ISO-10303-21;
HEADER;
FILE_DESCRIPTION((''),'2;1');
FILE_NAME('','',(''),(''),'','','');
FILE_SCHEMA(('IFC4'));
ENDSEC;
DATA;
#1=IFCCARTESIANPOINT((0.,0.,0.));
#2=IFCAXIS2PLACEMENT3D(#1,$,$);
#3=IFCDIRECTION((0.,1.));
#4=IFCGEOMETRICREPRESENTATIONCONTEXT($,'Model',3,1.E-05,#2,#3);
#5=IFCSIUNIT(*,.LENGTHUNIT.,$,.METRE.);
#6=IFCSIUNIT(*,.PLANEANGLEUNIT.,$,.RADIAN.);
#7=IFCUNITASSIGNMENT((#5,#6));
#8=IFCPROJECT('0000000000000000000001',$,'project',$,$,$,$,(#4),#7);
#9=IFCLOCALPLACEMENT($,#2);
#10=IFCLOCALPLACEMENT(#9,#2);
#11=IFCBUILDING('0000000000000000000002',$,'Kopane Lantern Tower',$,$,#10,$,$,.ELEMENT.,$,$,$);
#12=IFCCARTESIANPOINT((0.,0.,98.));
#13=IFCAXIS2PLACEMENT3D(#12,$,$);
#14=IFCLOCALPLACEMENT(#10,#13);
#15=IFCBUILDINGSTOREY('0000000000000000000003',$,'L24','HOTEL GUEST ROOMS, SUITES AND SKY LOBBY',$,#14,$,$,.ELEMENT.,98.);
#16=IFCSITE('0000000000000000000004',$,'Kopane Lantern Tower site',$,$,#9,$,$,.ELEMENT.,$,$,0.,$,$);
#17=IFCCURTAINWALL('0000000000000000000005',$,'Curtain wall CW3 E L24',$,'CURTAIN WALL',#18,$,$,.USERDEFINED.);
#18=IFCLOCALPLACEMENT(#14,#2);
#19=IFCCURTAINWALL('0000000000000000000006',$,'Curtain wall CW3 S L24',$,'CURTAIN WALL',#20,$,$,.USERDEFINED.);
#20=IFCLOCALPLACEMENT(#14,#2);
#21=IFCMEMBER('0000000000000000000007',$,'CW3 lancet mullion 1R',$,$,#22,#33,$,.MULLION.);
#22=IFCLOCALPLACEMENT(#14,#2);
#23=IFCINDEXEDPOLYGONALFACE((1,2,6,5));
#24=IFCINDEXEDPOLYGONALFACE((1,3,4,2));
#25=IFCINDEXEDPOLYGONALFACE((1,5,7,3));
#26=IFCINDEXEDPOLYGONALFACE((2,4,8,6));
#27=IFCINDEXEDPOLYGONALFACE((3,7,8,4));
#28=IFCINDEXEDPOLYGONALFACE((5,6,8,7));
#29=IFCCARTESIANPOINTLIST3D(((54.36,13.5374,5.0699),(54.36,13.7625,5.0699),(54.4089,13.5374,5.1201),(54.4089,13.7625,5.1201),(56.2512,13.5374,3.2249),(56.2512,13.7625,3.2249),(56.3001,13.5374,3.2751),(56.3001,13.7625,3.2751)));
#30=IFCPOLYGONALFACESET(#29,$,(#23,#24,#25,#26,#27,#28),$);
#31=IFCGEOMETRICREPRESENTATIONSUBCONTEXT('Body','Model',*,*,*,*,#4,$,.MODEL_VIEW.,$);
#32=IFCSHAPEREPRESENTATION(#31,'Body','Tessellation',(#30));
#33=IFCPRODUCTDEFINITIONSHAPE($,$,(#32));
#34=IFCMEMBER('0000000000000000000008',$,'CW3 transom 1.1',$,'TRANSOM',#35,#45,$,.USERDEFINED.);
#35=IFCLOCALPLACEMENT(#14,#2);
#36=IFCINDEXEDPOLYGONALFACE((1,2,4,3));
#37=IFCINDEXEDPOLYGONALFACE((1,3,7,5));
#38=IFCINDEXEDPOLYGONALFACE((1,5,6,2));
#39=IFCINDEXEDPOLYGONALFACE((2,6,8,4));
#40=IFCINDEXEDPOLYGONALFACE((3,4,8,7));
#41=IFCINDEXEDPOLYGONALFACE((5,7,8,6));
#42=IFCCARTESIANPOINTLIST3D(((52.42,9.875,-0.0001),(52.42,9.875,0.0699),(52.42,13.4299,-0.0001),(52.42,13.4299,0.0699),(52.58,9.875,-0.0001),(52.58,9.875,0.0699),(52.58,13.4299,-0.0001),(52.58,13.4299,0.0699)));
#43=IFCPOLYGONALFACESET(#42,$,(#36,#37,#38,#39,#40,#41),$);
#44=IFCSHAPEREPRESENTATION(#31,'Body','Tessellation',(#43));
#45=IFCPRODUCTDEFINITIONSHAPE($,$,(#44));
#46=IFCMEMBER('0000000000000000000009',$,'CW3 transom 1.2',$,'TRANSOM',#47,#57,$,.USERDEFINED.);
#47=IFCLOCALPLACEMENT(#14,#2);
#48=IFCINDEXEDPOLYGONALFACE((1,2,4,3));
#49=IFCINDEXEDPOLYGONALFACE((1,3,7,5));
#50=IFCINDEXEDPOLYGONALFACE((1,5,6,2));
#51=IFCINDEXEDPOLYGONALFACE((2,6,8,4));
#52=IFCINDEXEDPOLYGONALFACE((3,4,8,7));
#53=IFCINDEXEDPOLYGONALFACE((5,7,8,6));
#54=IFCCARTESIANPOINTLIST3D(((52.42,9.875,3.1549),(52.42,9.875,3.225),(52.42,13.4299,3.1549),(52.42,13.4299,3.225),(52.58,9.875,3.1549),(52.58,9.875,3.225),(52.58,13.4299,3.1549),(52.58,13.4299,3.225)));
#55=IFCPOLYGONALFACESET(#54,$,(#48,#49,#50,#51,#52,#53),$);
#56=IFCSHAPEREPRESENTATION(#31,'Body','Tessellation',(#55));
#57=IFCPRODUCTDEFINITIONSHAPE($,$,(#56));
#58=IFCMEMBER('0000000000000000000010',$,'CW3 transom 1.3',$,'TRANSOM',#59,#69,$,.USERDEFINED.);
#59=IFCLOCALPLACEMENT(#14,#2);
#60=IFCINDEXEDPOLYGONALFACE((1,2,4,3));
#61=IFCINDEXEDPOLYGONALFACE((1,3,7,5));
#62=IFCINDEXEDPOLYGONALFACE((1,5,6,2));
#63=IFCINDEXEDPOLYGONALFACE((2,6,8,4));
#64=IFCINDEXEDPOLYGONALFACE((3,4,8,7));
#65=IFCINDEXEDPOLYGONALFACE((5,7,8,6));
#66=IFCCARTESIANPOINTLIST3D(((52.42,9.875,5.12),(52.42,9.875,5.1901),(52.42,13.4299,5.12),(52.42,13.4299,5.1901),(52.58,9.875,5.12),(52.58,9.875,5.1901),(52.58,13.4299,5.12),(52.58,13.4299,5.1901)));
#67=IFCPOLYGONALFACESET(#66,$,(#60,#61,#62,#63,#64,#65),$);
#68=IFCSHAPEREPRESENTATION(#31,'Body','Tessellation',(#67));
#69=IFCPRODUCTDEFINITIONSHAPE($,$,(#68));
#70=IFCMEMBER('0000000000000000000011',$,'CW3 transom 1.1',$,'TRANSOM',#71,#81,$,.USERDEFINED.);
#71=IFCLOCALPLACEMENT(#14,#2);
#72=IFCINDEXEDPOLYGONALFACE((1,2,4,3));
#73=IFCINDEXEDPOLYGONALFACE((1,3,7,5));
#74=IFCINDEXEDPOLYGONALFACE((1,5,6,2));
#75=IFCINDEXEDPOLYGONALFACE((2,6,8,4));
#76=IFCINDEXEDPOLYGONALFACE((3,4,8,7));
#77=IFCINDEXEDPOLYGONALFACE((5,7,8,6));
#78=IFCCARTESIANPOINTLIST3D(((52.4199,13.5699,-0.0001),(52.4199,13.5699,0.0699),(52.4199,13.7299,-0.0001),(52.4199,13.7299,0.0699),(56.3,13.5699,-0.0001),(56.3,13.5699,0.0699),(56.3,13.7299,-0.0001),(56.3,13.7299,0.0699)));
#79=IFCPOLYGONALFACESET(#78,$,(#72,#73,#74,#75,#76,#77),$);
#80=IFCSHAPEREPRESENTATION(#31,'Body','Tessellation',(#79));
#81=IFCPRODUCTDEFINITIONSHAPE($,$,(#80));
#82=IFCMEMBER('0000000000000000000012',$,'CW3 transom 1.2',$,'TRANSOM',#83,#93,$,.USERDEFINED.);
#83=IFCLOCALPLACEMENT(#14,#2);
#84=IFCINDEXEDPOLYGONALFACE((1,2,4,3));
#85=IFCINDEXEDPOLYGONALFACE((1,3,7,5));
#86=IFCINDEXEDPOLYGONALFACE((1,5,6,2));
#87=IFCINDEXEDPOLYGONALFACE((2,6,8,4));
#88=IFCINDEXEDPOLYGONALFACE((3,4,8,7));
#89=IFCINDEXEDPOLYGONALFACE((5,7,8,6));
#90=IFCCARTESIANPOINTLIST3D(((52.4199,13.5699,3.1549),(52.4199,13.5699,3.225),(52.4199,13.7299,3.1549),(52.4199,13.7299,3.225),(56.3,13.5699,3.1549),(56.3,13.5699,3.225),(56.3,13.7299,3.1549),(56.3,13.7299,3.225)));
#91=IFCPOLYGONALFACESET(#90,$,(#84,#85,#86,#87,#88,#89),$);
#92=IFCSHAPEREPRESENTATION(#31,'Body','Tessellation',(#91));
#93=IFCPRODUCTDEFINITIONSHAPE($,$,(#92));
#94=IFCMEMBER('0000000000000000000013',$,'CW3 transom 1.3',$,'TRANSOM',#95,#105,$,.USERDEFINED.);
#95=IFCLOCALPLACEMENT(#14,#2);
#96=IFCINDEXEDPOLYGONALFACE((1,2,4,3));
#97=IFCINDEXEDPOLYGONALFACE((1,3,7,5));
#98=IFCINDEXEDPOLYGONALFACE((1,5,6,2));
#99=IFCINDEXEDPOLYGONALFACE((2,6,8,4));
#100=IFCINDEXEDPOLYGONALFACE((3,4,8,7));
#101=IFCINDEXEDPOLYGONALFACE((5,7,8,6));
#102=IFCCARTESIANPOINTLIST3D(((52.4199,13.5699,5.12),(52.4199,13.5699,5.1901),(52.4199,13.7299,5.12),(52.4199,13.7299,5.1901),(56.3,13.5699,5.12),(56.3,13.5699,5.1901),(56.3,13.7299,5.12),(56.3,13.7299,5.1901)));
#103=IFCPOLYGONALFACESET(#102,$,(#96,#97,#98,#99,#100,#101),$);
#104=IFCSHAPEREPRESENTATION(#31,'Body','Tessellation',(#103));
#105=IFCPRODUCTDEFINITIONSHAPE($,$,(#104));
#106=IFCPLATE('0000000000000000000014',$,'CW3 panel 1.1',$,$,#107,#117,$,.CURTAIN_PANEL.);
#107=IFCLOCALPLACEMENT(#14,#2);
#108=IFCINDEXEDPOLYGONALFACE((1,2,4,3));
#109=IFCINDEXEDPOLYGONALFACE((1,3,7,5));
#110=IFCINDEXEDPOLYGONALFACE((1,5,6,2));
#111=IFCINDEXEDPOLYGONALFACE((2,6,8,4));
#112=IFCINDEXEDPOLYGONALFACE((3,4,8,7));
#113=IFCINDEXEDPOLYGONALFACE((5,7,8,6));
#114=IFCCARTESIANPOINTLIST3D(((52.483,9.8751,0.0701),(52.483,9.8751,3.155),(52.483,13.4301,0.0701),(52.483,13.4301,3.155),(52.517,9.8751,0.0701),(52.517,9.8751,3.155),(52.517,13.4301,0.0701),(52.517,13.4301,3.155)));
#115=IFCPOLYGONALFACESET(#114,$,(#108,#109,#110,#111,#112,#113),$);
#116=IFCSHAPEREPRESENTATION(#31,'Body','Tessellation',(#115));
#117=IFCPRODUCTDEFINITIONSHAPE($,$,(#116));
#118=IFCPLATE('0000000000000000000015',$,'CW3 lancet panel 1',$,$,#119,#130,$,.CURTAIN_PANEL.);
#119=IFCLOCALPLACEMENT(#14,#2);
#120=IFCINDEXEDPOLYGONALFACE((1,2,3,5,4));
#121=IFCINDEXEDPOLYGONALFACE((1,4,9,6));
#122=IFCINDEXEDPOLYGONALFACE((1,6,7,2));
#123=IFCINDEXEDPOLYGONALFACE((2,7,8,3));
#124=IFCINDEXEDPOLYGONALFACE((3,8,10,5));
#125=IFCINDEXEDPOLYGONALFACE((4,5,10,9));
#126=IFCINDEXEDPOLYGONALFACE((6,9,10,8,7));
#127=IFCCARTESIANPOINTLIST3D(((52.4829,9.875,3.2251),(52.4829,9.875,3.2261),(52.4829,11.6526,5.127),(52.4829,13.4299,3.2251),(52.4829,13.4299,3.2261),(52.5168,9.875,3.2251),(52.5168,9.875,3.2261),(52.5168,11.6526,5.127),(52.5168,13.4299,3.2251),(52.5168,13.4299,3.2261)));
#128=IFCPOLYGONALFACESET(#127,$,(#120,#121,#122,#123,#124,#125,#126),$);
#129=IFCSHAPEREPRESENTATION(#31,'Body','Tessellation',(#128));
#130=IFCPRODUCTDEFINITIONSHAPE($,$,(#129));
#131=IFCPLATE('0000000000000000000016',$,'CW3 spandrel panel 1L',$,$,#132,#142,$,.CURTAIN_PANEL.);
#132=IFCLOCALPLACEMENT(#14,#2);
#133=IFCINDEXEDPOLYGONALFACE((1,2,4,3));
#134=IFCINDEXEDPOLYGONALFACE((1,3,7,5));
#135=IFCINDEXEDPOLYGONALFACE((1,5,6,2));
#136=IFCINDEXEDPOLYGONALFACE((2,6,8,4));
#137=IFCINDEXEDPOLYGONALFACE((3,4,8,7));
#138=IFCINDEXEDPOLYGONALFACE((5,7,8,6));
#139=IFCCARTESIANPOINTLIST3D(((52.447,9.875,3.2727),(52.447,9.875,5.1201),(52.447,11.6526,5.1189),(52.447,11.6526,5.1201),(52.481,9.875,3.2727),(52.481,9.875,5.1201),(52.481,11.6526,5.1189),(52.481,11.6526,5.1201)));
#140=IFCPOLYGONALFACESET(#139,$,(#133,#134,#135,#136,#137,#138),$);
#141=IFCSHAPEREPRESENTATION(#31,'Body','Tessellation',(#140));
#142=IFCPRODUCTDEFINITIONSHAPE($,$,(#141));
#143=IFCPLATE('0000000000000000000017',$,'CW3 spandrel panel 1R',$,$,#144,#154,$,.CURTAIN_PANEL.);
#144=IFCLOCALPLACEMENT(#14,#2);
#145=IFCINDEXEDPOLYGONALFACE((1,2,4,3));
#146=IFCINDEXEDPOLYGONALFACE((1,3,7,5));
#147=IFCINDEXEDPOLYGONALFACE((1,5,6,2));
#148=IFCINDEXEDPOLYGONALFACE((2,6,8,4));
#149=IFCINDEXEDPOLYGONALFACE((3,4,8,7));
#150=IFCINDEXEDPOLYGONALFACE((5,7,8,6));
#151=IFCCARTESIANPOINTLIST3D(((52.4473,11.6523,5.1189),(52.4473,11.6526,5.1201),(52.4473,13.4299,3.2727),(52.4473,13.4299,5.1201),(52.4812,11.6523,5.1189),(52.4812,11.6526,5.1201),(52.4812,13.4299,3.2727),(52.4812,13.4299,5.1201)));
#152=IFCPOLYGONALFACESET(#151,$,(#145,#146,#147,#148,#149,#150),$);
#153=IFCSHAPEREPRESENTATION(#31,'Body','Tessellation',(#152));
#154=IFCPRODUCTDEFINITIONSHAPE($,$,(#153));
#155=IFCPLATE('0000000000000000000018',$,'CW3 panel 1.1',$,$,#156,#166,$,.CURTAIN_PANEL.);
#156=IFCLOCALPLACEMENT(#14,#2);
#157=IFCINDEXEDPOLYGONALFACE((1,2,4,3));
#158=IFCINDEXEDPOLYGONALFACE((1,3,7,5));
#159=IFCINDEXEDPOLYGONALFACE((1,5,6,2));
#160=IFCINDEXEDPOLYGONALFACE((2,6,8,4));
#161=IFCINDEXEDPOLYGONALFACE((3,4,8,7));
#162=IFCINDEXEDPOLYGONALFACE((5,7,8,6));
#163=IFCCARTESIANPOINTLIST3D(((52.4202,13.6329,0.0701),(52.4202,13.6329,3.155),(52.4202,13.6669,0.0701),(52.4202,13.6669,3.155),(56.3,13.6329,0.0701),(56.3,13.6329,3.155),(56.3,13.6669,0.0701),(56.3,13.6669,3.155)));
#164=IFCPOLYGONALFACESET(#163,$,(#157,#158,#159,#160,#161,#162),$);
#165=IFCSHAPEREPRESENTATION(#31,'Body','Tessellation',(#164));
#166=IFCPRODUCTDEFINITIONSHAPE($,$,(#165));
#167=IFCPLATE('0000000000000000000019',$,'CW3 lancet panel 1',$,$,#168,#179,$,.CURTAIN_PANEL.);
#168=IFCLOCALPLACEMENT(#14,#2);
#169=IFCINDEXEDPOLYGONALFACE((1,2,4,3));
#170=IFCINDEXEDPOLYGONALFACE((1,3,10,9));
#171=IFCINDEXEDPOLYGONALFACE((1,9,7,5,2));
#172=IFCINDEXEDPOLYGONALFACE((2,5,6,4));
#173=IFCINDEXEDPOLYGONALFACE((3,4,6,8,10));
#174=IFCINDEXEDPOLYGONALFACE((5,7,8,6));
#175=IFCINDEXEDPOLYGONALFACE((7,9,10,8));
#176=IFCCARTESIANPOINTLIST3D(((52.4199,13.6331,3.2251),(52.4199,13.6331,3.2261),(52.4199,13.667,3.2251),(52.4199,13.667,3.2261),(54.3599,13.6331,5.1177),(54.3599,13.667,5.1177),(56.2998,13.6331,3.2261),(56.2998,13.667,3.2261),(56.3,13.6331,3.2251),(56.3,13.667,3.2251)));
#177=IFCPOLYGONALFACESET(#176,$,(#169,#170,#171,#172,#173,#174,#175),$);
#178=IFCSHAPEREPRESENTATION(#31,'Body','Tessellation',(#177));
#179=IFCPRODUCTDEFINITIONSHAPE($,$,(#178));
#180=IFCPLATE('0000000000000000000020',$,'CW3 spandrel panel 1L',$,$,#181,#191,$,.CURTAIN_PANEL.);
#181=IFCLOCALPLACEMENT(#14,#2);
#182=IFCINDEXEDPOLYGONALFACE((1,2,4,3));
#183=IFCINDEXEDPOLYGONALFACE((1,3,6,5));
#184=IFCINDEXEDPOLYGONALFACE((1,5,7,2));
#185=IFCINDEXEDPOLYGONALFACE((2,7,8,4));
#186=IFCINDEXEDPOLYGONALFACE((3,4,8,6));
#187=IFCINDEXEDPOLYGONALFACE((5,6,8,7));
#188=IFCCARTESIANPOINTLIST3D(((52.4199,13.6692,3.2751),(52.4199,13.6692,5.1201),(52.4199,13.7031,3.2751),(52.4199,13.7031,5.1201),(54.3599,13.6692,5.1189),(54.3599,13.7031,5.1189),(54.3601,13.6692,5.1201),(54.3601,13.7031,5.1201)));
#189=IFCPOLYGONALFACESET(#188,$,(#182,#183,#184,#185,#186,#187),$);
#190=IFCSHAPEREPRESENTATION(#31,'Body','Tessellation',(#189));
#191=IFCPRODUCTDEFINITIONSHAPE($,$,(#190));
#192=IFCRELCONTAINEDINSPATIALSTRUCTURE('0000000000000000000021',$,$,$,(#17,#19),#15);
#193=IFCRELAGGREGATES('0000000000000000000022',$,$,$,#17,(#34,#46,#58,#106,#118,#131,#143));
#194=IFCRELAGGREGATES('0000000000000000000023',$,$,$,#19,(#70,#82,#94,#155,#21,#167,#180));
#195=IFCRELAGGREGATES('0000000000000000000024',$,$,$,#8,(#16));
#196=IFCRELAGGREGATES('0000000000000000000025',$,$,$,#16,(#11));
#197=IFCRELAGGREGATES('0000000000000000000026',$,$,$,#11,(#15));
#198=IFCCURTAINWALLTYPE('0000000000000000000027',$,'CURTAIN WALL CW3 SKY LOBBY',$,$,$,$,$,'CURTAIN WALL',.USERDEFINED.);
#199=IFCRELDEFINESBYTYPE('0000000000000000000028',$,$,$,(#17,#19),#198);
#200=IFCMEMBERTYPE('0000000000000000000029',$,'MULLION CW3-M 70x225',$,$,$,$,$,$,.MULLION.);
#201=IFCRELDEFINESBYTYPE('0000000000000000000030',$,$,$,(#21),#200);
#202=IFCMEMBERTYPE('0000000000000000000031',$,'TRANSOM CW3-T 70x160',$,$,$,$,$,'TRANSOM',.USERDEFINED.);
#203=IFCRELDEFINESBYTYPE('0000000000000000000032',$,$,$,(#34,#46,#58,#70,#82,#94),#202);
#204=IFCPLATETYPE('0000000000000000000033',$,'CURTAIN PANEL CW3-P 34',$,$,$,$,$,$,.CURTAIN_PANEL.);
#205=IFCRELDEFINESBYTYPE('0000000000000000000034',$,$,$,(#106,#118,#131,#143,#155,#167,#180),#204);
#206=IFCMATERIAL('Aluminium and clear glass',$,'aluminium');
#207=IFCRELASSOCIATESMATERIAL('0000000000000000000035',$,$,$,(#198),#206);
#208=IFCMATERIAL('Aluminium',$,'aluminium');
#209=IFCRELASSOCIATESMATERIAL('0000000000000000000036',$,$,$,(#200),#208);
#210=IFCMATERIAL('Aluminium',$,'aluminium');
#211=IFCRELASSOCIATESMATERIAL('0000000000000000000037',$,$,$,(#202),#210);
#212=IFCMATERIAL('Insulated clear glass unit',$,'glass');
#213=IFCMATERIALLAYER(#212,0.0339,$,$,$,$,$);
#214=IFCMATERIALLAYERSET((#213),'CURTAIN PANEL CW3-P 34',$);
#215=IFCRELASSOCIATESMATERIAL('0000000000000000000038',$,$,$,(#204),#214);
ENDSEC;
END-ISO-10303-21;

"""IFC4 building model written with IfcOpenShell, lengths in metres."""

from ifc_helpers import new_model, si_unit, direction, frame, origin, origin_2d, place, context, subcontext, project, spatial, polyline, rectangle, outline, extrude, material, layer, layer_set, material_profile, profile_set, type_object, element, aggregate, save


model = new_model("IFC4")

# Units and contexts
model_context = context("Model", 3, precision=1e-05, world=origin(), true_north=direction((0.0, 1.0)))
body_context = subcontext(model_context, "Body", "Model", "MODEL_VIEW")
ifc_project = project(units=[si_unit("LENGTHUNIT", "METRE"), si_unit("PLANEANGLEUNIT", "RADIAN")], contexts=[model_context])

# Site, building, storey
site_placement = place(None, origin())
site = spatial("IfcSite", under=ifc_project, at=site_placement, Name="Kopane Lantern Tower site", CompositionType="ELEMENT", RefElevation=0.0)
building_placement = place(site_placement, origin())
building = spatial("IfcBuilding", under=site, at=building_placement, Name="Kopane Lantern Tower", CompositionType="ELEMENT")
storey_placement = place(building_placement, frame((0.0, 0.0, 98.0)))
storey = spatial("IfcBuildingStorey", under=building, at=storey_placement, Name="L24", Description="HOTEL GUEST ROOMS, SUITES AND SKY LOBBY", CompositionType="ELEMENT", Elevation=98.0)

# Curtain walls, member
ifc_material_1 = material(Name="Aluminium and clear glass", Category="aluminium")
curtain_wall_type = type_object("IfcCurtainWallType", Name="CURTAIN WALL CW3 SKY LOBBY", ElementType="CURTAIN WALL", PredefinedType="USERDEFINED", material=ifc_material_1)
curtain_wall_1_placement = place(storey_placement, origin())
curtain_wall_1 = element("IfcCurtainWall", 1, at=curtain_wall_1_placement, inside=storey, type_object=curtain_wall_type, Name="Curtain wall CW3 E L24", ObjectType="CURTAIN WALL", PredefinedType="USERDEFINED")
ifc_material_2 = material(Name="Aluminium", Category="aluminium")
ifc_material_profile_1 = material_profile(ifc_material_2, rectangle(XDim=0.0701, YDim=0.2251, at=origin_2d()), Name="AL 70x225")
ifc_profile_set_1 = profile_set([ifc_material_profile_1], Name="Aluminium")
member_type_1 = type_object("IfcMemberType", Name="MULLION CW3-M 70x225", PredefinedType="MULLION", material=ifc_profile_set_1)
curtain_wall_2_placement = place(storey_placement, origin())
curtain_wall_2 = element("IfcCurtainWall", 2, at=curtain_wall_2_placement, inside=storey, type_object=curtain_wall_type, Name="Curtain wall CW3 S L24", ObjectType="CURTAIN WALL", PredefinedType="USERDEFINED")
member_1_placement = place(storey_placement, frame((56.2756, 13.6499, 3.25), z_axis=(-0.715785, 0.0, 0.69832), x_axis=(0.69832, 0.0, 0.715785)))
member_1 = element("IfcMember", 3, at=member_1_placement, type_object=member_type_1, Name="CW3 lancet mullion 1R", PredefinedType="MULLION", context=body_context, shape_type="SweptSolid", body=[
    extrude(rectangle(XDim=0.0701, YDim=0.2251, at=origin_2d()), origin(), (0.0, 0.0, 1.0), 2.6421),
])

# Members
ifc_material_3 = material(Name="Aluminium", Category="aluminium")
ifc_material_profile_2 = material_profile(ifc_material_3, rectangle(XDim=0.1599, YDim=0.0701, at=origin_2d()), Name="AL 160x70")
ifc_profile_set_2 = profile_set([ifc_material_profile_2], Name="Aluminium")
member_type_2 = type_object("IfcMemberType", Name="TRANSOM CW3-T 70x160", ElementType="TRANSOM", PredefinedType="USERDEFINED", material=ifc_profile_set_2)
member_2_placement = place(storey_placement, frame((52.5, 9.875, 0.0349), z_axis=(0.0, 1.0, 0.0), x_axis=(-1.0, 0.0, 0.0)))
member_2 = element("IfcMember", 4, at=member_2_placement, type_object=member_type_2, Name="CW3 transom 1.1", ObjectType="TRANSOM", PredefinedType="USERDEFINED", context=body_context, shape_type="SweptSolid", body=[
    extrude(rectangle(XDim=0.1599, YDim=0.0701, at=origin_2d()), origin(), (0.0, 0.0, 1.0), 3.5549),
])
member_3_placement = place(storey_placement, frame((52.5, 9.875, 3.1899), z_axis=(0.0, 1.0, 0.0), x_axis=(-1.0, 0.0, 0.0)))
member_3 = element("IfcMember", 5, at=member_3_placement, type_object=member_type_2, Name="CW3 transom 1.2", ObjectType="TRANSOM", PredefinedType="USERDEFINED", context=body_context, shape_type="SweptSolid", body=[
    extrude(rectangle(XDim=0.1599, YDim=0.0701, at=origin_2d()), origin(), (0.0, 0.0, 1.0), 3.5549),
])
member_4_placement = place(storey_placement, frame((52.5, 9.875, 5.155), z_axis=(0.0, 1.0, 0.0), x_axis=(-1.0, 0.0, 0.0)))
member_4 = element("IfcMember", 6, at=member_4_placement, type_object=member_type_2, Name="CW3 transom 1.3", ObjectType="TRANSOM", PredefinedType="USERDEFINED", context=body_context, shape_type="SweptSolid", body=[
    extrude(rectangle(XDim=0.1599, YDim=0.0701, at=origin_2d()), origin(), (0.0, 0.0, 1.0), 3.5549),
])
member_5_placement = place(storey_placement, frame((52.4199, 13.6499, 0.0349), z_axis=(1.0, 0.0, 0.0), x_axis=(0.0, 1.0, 0.0)))
member_5 = element("IfcMember", 7, at=member_5_placement, type_object=member_type_2, Name="CW3 transom 1.1", ObjectType="TRANSOM", PredefinedType="USERDEFINED", context=body_context, shape_type="SweptSolid", body=[
    extrude(rectangle(XDim=0.1599, YDim=0.0701, at=origin_2d()), origin(), (0.0, 0.0, 1.0), 3.8801),
])
member_6_placement = place(storey_placement, frame((52.4199, 13.6499, 3.1899), z_axis=(1.0, 0.0, 0.0), x_axis=(0.0, 1.0, 0.0)))
member_6 = element("IfcMember", 8, at=member_6_placement, type_object=member_type_2, Name="CW3 transom 1.2", ObjectType="TRANSOM", PredefinedType="USERDEFINED", context=body_context, shape_type="SweptSolid", body=[
    extrude(rectangle(XDim=0.1599, YDim=0.0701, at=origin_2d()), origin(), (0.0, 0.0, 1.0), 3.8801),
])
member_7_placement = place(storey_placement, frame((52.4199, 13.6499, 5.155), z_axis=(1.0, 0.0, 0.0), x_axis=(0.0, 1.0, 0.0)))
member_7 = element("IfcMember", 9, at=member_7_placement, type_object=member_type_2, Name="CW3 transom 1.3", ObjectType="TRANSOM", PredefinedType="USERDEFINED", context=body_context, shape_type="SweptSolid", body=[
    extrude(rectangle(XDim=0.1599, YDim=0.0701, at=origin_2d()), origin(), (0.0, 0.0, 1.0), 3.8801),
])

# Plates
ifc_material_4 = material(Name="Insulated clear glass unit", Category="glass")
ifc_layer_1 = layer(ifc_material_4, 0.0339)
ifc_layer_set_1 = layer_set([ifc_layer_1], Name="CURTAIN PANEL CW3-P 34")
plate_type = type_object("IfcPlateType", Name="CURTAIN PANEL CW3-P 34", PredefinedType="CURTAIN_PANEL", material=ifc_layer_set_1)
plate_1_placement = place(storey_placement, frame((52.5, 11.6526, 0.0701), z_axis=(0.0, 0.0, 1.0), x_axis=(0.0, 1.0, 0.0)))
plate_1 = element("IfcPlate", 10, at=plate_1_placement, type_object=plate_type, Name="CW3 panel 1.1", PredefinedType="CURTAIN_PANEL", context=body_context, shape_type="SweptSolid", body=[
    extrude(rectangle(XDim=3.5549, YDim=0.0339, at=origin_2d()), origin(), (0.0, 0.0, 1.0), 3.085),
])
plate_2_placement = place(storey_placement, frame((52.5, 9.875, 3.2251), z_axis=(0.0, 0.0, 1.0), x_axis=(0.0, 1.0, 0.0)))
plate_2 = element("IfcPlate", 11, at=plate_2_placement, type_object=plate_type, Name="CW3 lancet panel 1", PredefinedType="CURTAIN_PANEL", context=body_context, shape_type="SweptSolid", body=[
    extrude(outline(polyline([(0.0, 0.0), (3.5549, 0.0), (3.5549, 0.001), (1.7776, 1.9019), (0.0, 0.001), (0.0, 0.0)])), frame((0.0, 0.0171, 0.0), z_axis=(0.0, -1.0, 0.0), x_axis=(1.0, 0.0, 0.0)), (0.0, 0.0, 1.0), 0.0339),
])
plate_3_placement = place(storey_placement, frame((52.4641, 9.875, 5.1201), z_axis=(0.0, 0.0, 1.0), x_axis=(0.0, 1.0, 0.0)))
plate_3 = element("IfcPlate", 12, at=plate_3_placement, type_object=plate_type, Name="CW3 spandrel panel 1L", PredefinedType="CURTAIN_PANEL", context=body_context, shape_type="SweptSolid", body=[
    extrude(outline(polyline([(0.0, 0.0), (1.7776, 0.0), (1.7776, -0.0012), (0.0, -1.8474), (0.0, 0.0)])), frame((0.0, 0.0171, 0.0), z_axis=(0.0, -1.0, 0.0), x_axis=(1.0, 0.0, 0.0)), (0.0, 0.0, 1.0), 0.0339),
])
plate_4_placement = place(storey_placement, frame((52.4641, 13.4299, 5.1201), z_axis=(0.0, 0.0, 1.0), x_axis=(0.0, -1.0, 0.0)))
plate_4 = element("IfcPlate", 13, at=plate_4_placement, type_object=plate_type, Name="CW3 spandrel panel 1R", PredefinedType="CURTAIN_PANEL", context=body_context, shape_type="SweptSolid", body=[
    extrude(outline(polyline([(0.0, 0.0), (1.7773, 0.0), (1.7776, -0.0012), (0.0, -1.8474), (0.0, 0.0)])), frame((0.0, 0.0171, 0.0), z_axis=(0.0, -1.0, 0.0), x_axis=(1.0, 0.0, 0.0)), (0.0, 0.0, 1.0), 0.0339),
])
aggregate(curtain_wall_1, [member_2, member_3, member_4, plate_1, plate_2, plate_3, plate_4])
plate_5_placement = place(storey_placement, frame((54.3601, 13.6499, 0.0701), z_axis=(0.0, 0.0, 1.0), x_axis=(1.0, 0.0, 0.0)))
plate_5 = element("IfcPlate", 14, at=plate_5_placement, type_object=plate_type, Name="CW3 panel 1.1", PredefinedType="CURTAIN_PANEL", context=body_context, shape_type="SweptSolid", body=[
    extrude(rectangle(XDim=3.8799, YDim=0.0339, at=origin_2d()), origin(), (0.0, 0.0, 1.0), 3.085),
])
plate_6_placement = place(storey_placement, frame((52.4199, 13.6499, 3.2251), z_axis=(0.0, 0.0, 1.0), x_axis=(1.0, 0.0, 0.0)))
plate_6 = element("IfcPlate", 15, at=plate_6_placement, type_object=plate_type, Name="CW3 lancet panel 1", PredefinedType="CURTAIN_PANEL", context=body_context, shape_type="SweptSolid", body=[
    extrude(outline(polyline([(0.0, 0.0), (3.8801, 0.0), (3.8799, 0.001), (1.9399, 1.8926), (0.0, 0.001), (0.0, 0.0)])), frame((0.0, 0.0171, 0.0), z_axis=(0.0, -1.0, 0.0), x_axis=(1.0, 0.0, 0.0)), (0.0, 0.0, 1.0), 0.0339),
])
plate_7_placement = place(storey_placement, frame((52.4199, 13.686, 5.1201), z_axis=(0.0, 0.0, 1.0), x_axis=(1.0, 0.0, 0.0)))
plate_7 = element("IfcPlate", 16, at=plate_7_placement, type_object=plate_type, Name="CW3 spandrel panel 1L", PredefinedType="CURTAIN_PANEL", context=body_context, shape_type="SweptSolid", body=[
    extrude(outline(polyline([(0.0, 0.0), (1.9402, 0.0), (1.9399, -0.0012), (0.0, -1.845), (0.0, 0.0)])), frame((0.0, 0.0171, 0.0), z_axis=(0.0, -1.0, 0.0), x_axis=(1.0, 0.0, 0.0)), (0.0, 0.0, 1.0), 0.0339),
])
aggregate(curtain_wall_2, [member_5, member_6, member_7, plate_5, member_1, plate_6, plate_7])

save(model, "model.ifc")
